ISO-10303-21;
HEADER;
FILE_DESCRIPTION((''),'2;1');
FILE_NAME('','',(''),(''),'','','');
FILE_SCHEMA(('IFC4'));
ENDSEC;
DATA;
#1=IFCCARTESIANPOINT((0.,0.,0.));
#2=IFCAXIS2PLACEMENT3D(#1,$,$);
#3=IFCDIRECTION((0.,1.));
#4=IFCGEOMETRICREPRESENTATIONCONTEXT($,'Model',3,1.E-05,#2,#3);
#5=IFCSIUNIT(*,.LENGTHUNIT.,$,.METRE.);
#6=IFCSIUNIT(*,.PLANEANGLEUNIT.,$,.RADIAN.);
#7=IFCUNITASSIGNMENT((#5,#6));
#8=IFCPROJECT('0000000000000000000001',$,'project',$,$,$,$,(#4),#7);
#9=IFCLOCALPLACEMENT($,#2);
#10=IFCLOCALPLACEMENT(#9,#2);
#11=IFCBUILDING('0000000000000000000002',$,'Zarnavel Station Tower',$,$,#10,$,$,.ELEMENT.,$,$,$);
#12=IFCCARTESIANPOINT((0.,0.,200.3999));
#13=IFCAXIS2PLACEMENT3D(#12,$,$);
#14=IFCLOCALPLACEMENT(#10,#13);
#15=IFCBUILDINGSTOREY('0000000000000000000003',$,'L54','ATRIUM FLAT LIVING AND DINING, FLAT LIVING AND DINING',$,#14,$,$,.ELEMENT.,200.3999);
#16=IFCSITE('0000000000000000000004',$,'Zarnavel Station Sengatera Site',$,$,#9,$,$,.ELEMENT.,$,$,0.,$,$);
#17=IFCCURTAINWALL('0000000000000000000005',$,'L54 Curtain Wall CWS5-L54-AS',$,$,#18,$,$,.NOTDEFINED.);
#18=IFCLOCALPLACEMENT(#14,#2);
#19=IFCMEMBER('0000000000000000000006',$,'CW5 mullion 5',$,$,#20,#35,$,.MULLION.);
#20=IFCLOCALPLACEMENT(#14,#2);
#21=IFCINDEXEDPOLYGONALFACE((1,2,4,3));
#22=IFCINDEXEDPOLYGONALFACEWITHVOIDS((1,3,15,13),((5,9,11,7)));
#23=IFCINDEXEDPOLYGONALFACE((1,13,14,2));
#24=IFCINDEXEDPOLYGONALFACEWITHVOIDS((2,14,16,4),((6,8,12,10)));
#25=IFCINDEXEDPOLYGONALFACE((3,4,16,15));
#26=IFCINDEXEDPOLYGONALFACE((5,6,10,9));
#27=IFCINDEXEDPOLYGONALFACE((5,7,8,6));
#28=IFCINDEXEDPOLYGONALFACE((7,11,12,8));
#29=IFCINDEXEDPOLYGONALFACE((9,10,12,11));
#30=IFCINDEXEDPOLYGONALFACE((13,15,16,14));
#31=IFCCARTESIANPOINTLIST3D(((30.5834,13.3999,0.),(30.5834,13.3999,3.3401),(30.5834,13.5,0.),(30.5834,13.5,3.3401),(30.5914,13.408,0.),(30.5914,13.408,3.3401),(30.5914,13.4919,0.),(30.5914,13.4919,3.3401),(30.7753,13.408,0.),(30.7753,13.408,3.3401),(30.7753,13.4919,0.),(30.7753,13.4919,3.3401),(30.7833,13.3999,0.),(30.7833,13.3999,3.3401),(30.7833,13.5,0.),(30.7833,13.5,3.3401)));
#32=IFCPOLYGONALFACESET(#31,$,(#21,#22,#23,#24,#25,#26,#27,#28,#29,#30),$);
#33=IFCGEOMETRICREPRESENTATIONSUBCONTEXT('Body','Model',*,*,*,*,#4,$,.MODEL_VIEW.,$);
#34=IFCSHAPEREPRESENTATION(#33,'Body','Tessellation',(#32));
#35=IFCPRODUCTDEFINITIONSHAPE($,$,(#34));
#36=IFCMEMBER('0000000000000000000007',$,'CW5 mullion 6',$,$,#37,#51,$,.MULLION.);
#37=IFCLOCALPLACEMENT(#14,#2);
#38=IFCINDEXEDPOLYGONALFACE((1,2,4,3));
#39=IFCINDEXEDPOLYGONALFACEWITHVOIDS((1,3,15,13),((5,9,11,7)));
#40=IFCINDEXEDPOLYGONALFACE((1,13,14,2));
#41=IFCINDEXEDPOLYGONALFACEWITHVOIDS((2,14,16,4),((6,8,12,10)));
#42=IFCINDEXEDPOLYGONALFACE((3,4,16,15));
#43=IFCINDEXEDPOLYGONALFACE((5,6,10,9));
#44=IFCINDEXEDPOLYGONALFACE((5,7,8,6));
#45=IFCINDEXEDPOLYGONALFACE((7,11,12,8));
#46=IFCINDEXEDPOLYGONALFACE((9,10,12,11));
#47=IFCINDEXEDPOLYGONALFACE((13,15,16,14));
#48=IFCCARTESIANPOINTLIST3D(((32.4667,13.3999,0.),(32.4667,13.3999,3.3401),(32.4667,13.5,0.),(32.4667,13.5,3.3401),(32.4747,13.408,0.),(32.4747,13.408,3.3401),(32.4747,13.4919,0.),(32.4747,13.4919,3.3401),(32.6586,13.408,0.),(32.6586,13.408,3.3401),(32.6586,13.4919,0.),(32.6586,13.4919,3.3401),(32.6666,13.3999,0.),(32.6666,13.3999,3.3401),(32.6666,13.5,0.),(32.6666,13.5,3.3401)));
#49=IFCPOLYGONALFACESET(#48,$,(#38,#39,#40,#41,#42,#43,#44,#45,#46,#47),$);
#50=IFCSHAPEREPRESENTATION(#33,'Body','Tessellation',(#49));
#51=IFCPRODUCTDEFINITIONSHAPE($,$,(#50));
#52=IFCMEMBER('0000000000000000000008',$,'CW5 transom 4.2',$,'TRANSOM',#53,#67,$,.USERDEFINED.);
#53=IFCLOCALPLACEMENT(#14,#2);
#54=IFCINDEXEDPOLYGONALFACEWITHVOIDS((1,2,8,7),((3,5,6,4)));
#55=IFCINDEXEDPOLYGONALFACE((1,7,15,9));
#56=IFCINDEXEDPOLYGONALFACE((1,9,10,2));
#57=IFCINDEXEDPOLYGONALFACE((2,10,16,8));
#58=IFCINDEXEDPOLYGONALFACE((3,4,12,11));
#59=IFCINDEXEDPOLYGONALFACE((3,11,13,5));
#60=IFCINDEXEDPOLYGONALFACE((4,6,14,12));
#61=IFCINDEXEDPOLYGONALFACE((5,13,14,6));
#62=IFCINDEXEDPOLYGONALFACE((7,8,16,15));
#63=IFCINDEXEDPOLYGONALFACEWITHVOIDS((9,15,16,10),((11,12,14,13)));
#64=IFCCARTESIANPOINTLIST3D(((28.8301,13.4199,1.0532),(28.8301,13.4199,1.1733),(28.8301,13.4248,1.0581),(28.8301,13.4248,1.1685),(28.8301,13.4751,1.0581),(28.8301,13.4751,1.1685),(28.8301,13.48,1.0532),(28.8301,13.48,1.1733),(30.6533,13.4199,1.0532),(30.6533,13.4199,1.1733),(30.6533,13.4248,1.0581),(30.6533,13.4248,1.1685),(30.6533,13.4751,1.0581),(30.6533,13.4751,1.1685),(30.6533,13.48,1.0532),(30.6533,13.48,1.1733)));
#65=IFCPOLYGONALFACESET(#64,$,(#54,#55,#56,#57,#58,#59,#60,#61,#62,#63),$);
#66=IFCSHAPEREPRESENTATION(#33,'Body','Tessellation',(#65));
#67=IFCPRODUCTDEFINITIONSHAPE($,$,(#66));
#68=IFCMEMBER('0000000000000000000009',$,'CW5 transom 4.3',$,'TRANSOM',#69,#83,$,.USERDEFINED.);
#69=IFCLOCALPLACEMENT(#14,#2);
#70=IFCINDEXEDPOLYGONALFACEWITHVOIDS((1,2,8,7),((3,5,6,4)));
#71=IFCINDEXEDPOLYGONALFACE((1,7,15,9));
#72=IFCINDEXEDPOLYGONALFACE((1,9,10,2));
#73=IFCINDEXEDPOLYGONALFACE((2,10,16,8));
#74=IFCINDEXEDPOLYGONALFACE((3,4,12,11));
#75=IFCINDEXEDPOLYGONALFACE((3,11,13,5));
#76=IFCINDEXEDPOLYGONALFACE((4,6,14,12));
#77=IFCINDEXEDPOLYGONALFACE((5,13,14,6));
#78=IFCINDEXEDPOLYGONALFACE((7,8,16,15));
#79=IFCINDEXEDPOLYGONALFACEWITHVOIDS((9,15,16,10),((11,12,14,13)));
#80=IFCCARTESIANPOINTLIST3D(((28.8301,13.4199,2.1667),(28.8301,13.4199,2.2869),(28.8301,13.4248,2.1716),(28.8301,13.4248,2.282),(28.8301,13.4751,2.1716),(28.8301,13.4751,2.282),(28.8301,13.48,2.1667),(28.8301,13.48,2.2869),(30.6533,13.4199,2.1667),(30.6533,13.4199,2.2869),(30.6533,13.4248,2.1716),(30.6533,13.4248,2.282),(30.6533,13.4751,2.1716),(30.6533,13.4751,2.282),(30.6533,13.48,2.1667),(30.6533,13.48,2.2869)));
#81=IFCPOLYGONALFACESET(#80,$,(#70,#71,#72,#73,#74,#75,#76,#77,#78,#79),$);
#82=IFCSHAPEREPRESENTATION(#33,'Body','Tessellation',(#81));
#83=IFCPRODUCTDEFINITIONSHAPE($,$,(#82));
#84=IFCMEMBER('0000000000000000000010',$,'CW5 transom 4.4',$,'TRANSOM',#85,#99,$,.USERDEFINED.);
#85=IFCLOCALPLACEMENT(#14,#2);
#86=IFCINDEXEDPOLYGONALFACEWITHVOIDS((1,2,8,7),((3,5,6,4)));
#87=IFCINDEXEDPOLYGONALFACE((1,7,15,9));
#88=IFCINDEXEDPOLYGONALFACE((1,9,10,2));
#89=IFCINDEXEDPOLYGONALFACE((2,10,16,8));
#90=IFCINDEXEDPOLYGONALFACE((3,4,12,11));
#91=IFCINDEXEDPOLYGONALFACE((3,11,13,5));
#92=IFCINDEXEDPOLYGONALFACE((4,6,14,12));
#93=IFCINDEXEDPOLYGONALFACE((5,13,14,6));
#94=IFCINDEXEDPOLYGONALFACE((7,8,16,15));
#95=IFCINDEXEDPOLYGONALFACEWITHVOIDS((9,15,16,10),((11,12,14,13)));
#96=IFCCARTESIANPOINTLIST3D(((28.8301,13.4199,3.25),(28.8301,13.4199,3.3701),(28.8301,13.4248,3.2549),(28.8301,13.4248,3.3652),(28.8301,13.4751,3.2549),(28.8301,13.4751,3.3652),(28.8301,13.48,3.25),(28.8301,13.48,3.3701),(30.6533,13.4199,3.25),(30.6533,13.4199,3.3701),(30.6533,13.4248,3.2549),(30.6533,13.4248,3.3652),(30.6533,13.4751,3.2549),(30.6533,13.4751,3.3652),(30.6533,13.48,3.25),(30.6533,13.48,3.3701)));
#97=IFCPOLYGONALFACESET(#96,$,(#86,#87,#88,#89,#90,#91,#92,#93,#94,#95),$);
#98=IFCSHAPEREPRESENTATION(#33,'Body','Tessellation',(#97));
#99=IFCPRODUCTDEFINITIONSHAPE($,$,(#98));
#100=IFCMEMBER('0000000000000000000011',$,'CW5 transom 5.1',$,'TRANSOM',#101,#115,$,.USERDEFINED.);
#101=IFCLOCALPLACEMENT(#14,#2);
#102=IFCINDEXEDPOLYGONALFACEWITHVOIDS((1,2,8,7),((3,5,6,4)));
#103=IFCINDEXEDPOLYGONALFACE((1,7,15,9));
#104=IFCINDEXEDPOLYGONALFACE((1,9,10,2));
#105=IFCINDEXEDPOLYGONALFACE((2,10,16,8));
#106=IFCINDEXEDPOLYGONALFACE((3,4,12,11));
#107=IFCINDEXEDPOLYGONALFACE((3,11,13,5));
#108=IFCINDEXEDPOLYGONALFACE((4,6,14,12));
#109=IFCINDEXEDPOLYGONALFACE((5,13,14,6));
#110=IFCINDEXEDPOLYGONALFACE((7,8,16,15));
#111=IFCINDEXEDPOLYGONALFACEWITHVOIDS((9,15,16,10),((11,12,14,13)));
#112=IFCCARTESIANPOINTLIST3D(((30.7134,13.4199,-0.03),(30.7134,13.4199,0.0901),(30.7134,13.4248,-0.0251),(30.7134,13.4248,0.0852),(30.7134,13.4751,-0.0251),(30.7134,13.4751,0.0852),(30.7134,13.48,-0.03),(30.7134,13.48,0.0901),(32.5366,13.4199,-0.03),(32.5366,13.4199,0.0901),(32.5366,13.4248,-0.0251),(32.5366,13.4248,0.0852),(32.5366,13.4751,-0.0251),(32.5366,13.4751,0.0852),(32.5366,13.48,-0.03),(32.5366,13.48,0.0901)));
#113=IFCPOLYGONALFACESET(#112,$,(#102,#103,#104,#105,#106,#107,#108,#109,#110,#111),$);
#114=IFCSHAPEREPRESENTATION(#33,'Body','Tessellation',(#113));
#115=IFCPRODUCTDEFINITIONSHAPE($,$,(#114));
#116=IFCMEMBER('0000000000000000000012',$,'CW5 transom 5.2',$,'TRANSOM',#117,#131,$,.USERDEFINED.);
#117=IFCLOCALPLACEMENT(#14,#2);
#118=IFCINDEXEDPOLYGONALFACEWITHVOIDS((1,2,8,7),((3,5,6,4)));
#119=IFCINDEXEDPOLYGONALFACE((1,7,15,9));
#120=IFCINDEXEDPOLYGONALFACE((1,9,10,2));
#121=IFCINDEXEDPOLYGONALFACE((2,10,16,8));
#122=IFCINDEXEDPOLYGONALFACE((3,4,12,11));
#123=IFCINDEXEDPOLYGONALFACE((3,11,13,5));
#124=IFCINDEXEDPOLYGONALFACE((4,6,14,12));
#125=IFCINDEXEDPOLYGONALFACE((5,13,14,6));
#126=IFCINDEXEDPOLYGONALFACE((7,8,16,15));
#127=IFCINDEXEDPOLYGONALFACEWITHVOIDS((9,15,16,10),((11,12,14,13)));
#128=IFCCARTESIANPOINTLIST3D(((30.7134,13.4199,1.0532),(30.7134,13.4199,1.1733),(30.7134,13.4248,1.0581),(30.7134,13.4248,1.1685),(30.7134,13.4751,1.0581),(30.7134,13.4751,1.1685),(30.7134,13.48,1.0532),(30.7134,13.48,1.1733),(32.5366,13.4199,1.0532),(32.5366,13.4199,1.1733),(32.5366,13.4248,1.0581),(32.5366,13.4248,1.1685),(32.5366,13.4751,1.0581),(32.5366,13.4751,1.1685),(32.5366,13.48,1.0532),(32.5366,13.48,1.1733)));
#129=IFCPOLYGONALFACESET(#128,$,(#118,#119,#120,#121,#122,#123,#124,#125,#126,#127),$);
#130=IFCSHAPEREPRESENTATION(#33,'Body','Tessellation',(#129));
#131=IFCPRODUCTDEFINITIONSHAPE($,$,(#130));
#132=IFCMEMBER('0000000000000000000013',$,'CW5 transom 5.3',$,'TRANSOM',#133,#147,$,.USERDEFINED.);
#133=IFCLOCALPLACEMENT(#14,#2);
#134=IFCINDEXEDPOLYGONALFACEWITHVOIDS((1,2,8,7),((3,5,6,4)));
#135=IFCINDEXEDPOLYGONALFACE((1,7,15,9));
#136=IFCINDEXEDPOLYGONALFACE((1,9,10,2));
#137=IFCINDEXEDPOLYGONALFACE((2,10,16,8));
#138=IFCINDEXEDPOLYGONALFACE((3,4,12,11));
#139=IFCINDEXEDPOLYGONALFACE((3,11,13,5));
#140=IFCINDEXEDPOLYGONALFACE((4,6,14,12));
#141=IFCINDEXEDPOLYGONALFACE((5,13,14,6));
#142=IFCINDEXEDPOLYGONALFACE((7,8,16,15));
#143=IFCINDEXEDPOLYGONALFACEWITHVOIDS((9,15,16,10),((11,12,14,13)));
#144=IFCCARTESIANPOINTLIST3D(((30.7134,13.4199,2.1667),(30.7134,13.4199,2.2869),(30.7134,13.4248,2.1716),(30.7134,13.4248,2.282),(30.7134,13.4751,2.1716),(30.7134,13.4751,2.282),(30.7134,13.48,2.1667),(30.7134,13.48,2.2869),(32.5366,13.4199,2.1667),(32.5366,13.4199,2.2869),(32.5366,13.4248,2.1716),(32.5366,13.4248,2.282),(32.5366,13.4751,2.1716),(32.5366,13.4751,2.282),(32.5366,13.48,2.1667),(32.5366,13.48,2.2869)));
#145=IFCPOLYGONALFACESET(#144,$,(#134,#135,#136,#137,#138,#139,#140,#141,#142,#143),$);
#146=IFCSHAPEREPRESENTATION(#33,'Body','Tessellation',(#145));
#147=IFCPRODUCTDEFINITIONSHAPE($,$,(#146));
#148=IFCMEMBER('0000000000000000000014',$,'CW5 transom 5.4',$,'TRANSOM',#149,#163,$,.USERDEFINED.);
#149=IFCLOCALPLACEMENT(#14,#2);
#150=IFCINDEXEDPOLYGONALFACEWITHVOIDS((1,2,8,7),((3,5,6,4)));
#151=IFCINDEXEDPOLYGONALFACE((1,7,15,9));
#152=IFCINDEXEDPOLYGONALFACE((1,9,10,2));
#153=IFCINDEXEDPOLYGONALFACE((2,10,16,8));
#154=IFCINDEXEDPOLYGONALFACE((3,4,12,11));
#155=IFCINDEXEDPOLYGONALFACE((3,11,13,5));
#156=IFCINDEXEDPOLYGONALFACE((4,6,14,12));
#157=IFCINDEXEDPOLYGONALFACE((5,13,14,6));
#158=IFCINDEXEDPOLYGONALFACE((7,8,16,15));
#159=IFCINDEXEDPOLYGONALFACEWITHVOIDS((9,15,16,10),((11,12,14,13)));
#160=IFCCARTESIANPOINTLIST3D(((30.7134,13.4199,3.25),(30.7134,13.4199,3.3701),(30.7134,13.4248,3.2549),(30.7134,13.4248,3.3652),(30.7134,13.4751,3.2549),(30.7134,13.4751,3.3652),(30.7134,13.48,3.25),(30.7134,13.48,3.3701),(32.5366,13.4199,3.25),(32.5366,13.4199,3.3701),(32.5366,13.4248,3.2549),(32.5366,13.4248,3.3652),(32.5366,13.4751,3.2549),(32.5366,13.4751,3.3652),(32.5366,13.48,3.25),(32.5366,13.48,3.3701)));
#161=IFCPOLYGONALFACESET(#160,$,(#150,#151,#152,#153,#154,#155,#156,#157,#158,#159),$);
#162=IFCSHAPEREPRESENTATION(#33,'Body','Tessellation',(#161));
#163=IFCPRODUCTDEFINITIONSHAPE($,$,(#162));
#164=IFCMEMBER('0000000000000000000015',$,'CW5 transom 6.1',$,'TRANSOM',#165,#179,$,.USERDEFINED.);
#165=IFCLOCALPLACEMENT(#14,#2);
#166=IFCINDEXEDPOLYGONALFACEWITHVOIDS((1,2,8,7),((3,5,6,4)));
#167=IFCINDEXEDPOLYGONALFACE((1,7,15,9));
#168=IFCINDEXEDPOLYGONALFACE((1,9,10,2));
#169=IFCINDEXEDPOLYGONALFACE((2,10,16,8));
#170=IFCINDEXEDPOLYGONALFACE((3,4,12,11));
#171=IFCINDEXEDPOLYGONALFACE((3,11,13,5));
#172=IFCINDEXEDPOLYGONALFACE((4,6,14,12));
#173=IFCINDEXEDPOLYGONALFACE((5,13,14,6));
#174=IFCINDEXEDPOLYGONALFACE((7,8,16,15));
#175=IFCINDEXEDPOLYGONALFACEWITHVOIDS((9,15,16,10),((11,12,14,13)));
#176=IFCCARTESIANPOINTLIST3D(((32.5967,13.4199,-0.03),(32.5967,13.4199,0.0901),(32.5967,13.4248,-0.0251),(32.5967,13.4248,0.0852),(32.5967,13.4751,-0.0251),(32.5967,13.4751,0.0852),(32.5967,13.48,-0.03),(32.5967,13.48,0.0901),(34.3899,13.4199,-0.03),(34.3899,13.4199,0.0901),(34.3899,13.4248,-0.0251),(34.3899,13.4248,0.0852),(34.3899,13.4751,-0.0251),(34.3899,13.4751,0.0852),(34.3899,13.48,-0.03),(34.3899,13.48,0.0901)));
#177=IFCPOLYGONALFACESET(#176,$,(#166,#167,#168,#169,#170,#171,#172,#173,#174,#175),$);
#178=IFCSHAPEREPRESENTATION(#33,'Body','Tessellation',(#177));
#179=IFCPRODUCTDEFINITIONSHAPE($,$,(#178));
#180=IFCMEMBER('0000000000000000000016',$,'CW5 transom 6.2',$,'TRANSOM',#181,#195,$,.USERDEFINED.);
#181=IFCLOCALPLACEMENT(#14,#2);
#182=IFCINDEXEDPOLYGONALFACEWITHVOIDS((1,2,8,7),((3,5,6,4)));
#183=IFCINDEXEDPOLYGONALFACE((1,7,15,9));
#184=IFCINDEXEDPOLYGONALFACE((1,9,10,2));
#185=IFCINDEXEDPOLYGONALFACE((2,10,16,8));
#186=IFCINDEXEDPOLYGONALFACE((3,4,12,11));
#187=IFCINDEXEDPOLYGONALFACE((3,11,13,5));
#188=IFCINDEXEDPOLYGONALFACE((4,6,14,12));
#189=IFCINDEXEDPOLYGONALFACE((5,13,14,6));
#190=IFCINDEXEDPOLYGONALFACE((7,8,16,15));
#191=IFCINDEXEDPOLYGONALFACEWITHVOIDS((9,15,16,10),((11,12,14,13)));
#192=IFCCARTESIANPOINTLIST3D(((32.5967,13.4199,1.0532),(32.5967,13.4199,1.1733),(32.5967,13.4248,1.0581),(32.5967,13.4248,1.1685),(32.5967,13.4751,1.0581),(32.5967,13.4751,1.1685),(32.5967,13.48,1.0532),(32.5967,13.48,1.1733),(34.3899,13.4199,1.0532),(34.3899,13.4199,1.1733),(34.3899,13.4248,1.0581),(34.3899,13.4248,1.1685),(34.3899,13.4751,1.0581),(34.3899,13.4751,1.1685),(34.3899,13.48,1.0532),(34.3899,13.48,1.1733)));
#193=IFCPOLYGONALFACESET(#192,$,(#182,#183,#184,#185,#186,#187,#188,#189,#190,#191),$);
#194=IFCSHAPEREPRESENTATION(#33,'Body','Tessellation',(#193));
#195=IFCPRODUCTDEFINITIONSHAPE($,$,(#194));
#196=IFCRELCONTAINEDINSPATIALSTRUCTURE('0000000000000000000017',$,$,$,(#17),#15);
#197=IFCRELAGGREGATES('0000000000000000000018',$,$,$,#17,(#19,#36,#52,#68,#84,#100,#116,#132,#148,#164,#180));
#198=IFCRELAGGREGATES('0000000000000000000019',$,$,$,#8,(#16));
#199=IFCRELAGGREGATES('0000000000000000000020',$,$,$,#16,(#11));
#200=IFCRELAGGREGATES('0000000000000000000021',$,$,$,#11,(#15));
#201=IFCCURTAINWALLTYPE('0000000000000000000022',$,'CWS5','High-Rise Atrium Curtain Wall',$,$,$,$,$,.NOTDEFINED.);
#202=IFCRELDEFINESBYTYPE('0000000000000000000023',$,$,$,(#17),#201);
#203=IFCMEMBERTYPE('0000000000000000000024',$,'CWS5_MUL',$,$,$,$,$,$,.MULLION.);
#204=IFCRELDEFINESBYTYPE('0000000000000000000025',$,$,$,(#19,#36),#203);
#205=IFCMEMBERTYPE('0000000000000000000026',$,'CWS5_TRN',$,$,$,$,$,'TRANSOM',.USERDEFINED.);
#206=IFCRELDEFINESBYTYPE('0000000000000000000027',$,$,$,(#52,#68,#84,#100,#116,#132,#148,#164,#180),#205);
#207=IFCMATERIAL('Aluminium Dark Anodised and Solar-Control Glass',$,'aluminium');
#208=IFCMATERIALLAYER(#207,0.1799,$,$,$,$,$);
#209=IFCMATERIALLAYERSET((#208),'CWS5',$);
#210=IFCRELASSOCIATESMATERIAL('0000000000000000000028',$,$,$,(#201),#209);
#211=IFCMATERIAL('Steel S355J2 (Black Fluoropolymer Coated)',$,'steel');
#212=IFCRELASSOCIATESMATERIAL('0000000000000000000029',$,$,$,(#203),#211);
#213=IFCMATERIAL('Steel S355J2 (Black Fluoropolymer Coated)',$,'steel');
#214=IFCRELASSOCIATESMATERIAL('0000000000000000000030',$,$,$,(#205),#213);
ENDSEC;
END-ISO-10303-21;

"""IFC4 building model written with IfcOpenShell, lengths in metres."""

from ifc_helpers import new_model, si_unit, direction, frame, origin, origin_2d, place, context, subcontext, project, spatial, hollow_rectangle, extrude, material, layer, layer_set, material_profile, profile_set, type_object, element, aggregate, save


model = new_model("IFC4")

# Units and contexts
model_context = context("Model", 3, precision=1e-05, world=origin(), true_north=direction((0.0, 1.0)))
body_context = subcontext(model_context, "Body", "Model", "MODEL_VIEW")
ifc_project = project(units=[si_unit("LENGTHUNIT", "METRE"), si_unit("PLANEANGLEUNIT", "RADIAN")], contexts=[model_context])

# Site, building, storey
site_placement = place(None, origin())
site = spatial("IfcSite", under=ifc_project, at=site_placement, Name="Zarnavel Station Sengatera Site", CompositionType="ELEMENT", RefElevation=0.0)
building_placement = place(site_placement, origin())
building = spatial("IfcBuilding", under=site, at=building_placement, Name="Zarnavel Station Tower", CompositionType="ELEMENT")
storey_placement = place(building_placement, frame((0.0, 0.0, 200.3999)))
storey = spatial("IfcBuildingStorey", under=building, at=storey_placement, Name="L54", Description="ATRIUM FLAT LIVING AND DINING, FLAT LIVING AND DINING", CompositionType="ELEMENT", Elevation=200.3999)

# Curtain wall, members
ifc_material_1 = material(Name="Aluminium Dark Anodised and Solar-Control Glass", Category="aluminium")
ifc_layer_1 = layer(ifc_material_1, 0.1799)
ifc_layer_set_1 = layer_set([ifc_layer_1], Name="CWS5")
curtain_wall_type = type_object("IfcCurtainWallType", Name="CWS5", Description="High-Rise Atrium Curtain Wall", PredefinedType="NOTDEFINED", material=ifc_layer_set_1)
curtain_wall_placement = place(storey_placement, origin())
curtain_wall = element("IfcCurtainWall", 1, at=curtain_wall_placement, inside=storey, type_object=curtain_wall_type, Name="L54 Curtain Wall CWS5-L54-AS", PredefinedType="NOTDEFINED")
ifc_material_2 = material(Name="Steel S355J2 (Black Fluoropolymer Coated)", Category="steel")
ifc_material_profile_1 = material_profile(ifc_material_2, hollow_rectangle(XDim=0.1001, YDim=0.2, WallThickness=0.0081, at=origin_2d()), Name="RHS200x100x8")
ifc_profile_set_1 = profile_set([ifc_material_profile_1], Name="Steel S355J2 (Black Fluoropolymer Coated)")
member_type_1 = type_object("IfcMemberType", Name="CWS5_MUL", PredefinedType="MULLION", material=ifc_profile_set_1)
member_1_placement = place(storey_placement, frame((30.6833, 13.45, 0.0), z_axis=(0.0, 0.0, 1.0), x_axis=(0.0, 1.0, 0.0)))
member_1 = element("IfcMember", 2, at=member_1_placement, type_object=member_type_1, Name="CW5 mullion 5", PredefinedType="MULLION", context=body_context, shape_type="SweptSolid", body=[
    extrude(hollow_rectangle(XDim=0.1001, YDim=0.2, WallThickness=0.0081, at=origin_2d()), origin(), (0.0, 0.0, 1.0), 3.3401),
])
member_2_placement = place(storey_placement, frame((32.5667, 13.45, 0.0), z_axis=(0.0, 0.0, 1.0), x_axis=(0.0, 1.0, 0.0)))
member_2 = element("IfcMember", 3, at=member_2_placement, type_object=member_type_1, Name="CW5 mullion 6", PredefinedType="MULLION", context=body_context, shape_type="SweptSolid", body=[
    extrude(hollow_rectangle(XDim=0.1001, YDim=0.2, WallThickness=0.0081, at=origin_2d()), origin(), (0.0, 0.0, 1.0), 3.3401),
])
ifc_material_3 = material(Name="Steel S355J2 (Black Fluoropolymer Coated)", Category="steel")
ifc_material_profile_2 = material_profile(ifc_material_3, hollow_rectangle(XDim=0.0601, YDim=0.1201, WallThickness=0.0049, at=origin_2d()), Name="RHS120x60x5")
ifc_profile_set_2 = profile_set([ifc_material_profile_2], Name="Steel S355J2 (Black Fluoropolymer Coated)")
member_type_2 = type_object("IfcMemberType", Name="CWS5_TRN", ElementType="TRANSOM", PredefinedType="USERDEFINED", material=ifc_profile_set_2)
member_3_placement = place(storey_placement, frame((28.8301, 13.45, 1.1133), z_axis=(1.0, 0.0, 0.0), x_axis=(0.0, 1.0, 0.0)))
member_3 = element("IfcMember", 4, at=member_3_placement, type_object=member_type_2, Name="CW5 transom 4.2", ObjectType="TRANSOM", PredefinedType="USERDEFINED", context=body_context, shape_type="SweptSolid", body=[
    extrude(hollow_rectangle(XDim=0.0601, YDim=0.1201, WallThickness=0.0049, at=origin_2d()), origin(), (0.0, 0.0, 1.0), 1.8232),
])
member_4_placement = place(storey_placement, frame((28.8301, 13.45, 2.2268), z_axis=(1.0, 0.0, 0.0), x_axis=(0.0, 1.0, 0.0)))
member_4 = element("IfcMember", 5, at=member_4_placement, type_object=member_type_2, Name="CW5 transom 4.3", ObjectType="TRANSOM", PredefinedType="USERDEFINED", context=body_context, shape_type="SweptSolid", body=[
    extrude(hollow_rectangle(XDim=0.0601, YDim=0.1201, WallThickness=0.0049, at=origin_2d()), origin(), (0.0, 0.0, 1.0), 1.8232),
])
member_5_placement = place(storey_placement, frame((28.8301, 13.45, 3.3101), z_axis=(1.0, 0.0, 0.0), x_axis=(0.0, 1.0, 0.0)))
member_5 = element("IfcMember", 6, at=member_5_placement, type_object=member_type_2, Name="CW5 transom 4.4", ObjectType="TRANSOM", PredefinedType="USERDEFINED", context=body_context, shape_type="SweptSolid", body=[
    extrude(hollow_rectangle(XDim=0.0601, YDim=0.1201, WallThickness=0.0049, at=origin_2d()), origin(), (0.0, 0.0, 1.0), 1.8232),
])
member_6_placement = place(storey_placement, frame((30.7134, 13.45, 0.03), z_axis=(1.0, 0.0, 0.0), x_axis=(0.0, 1.0, 0.0)))
member_6 = element("IfcMember", 7, at=member_6_placement, type_object=member_type_2, Name="CW5 transom 5.1", ObjectType="TRANSOM", PredefinedType="USERDEFINED", context=body_context, shape_type="SweptSolid", body=[
    extrude(hollow_rectangle(XDim=0.0601, YDim=0.1201, WallThickness=0.0049, at=origin_2d()), origin(), (0.0, 0.0, 1.0), 1.8232),
])
member_7_placement = place(storey_placement, frame((30.7134, 13.45, 1.1133), z_axis=(1.0, 0.0, 0.0), x_axis=(0.0, 1.0, 0.0)))
member_7 = element("IfcMember", 8, at=member_7_placement, type_object=member_type_2, Name="CW5 transom 5.2", ObjectType="TRANSOM", PredefinedType="USERDEFINED", context=body_context, shape_type="SweptSolid", body=[
    extrude(hollow_rectangle(XDim=0.0601, YDim=0.1201, WallThickness=0.0049, at=origin_2d()), origin(), (0.0, 0.0, 1.0), 1.8232),
])
member_8_placement = place(storey_placement, frame((30.7134, 13.45, 2.2268), z_axis=(1.0, 0.0, 0.0), x_axis=(0.0, 1.0, 0.0)))
member_8 = element("IfcMember", 9, at=member_8_placement, type_object=member_type_2, Name="CW5 transom 5.3", ObjectType="TRANSOM", PredefinedType="USERDEFINED", context=body_context, shape_type="SweptSolid", body=[
    extrude(hollow_rectangle(XDim=0.0601, YDim=0.1201, WallThickness=0.0049, at=origin_2d()), origin(), (0.0, 0.0, 1.0), 1.8232),
])
member_9_placement = place(storey_placement, frame((30.7134, 13.45, 3.3101), z_axis=(1.0, 0.0, 0.0), x_axis=(0.0, 1.0, 0.0)))
member_9 = element("IfcMember", 10, at=member_9_placement, type_object=member_type_2, Name="CW5 transom 5.4", ObjectType="TRANSOM", PredefinedType="USERDEFINED", context=body_context, shape_type="SweptSolid", body=[
    extrude(hollow_rectangle(XDim=0.0601, YDim=0.1201, WallThickness=0.0049, at=origin_2d()), origin(), (0.0, 0.0, 1.0), 1.8232),
])
member_10_placement = place(storey_placement, frame((32.5967, 13.45, 0.03), z_axis=(1.0, 0.0, 0.0), x_axis=(0.0, 1.0, 0.0)))
member_10 = element("IfcMember", 11, at=member_10_placement, type_object=member_type_2, Name="CW5 transom 6.1", ObjectType="TRANSOM", PredefinedType="USERDEFINED", context=body_context, shape_type="SweptSolid", body=[
    extrude(hollow_rectangle(XDim=0.0601, YDim=0.1201, WallThickness=0.0049, at=origin_2d()), origin(), (0.0, 0.0, 1.0), 1.7932),
])
member_11_placement = place(storey_placement, frame((32.5967, 13.45, 1.1133), z_axis=(1.0, 0.0, 0.0), x_axis=(0.0, 1.0, 0.0)))
member_11 = element("IfcMember", 12, at=member_11_placement, type_object=member_type_2, Name="CW5 transom 6.2", ObjectType="TRANSOM", PredefinedType="USERDEFINED", context=body_context, shape_type="SweptSolid", body=[
    extrude(hollow_rectangle(XDim=0.0601, YDim=0.1201, WallThickness=0.0049, at=origin_2d()), origin(), (0.0, 0.0, 1.0), 1.7932),
])
aggregate(curtain_wall, [member_1, member_2, member_3, member_4, member_5, member_6, member_7, member_8, member_9, member_10, member_11])

save(model, "model.ifc")
